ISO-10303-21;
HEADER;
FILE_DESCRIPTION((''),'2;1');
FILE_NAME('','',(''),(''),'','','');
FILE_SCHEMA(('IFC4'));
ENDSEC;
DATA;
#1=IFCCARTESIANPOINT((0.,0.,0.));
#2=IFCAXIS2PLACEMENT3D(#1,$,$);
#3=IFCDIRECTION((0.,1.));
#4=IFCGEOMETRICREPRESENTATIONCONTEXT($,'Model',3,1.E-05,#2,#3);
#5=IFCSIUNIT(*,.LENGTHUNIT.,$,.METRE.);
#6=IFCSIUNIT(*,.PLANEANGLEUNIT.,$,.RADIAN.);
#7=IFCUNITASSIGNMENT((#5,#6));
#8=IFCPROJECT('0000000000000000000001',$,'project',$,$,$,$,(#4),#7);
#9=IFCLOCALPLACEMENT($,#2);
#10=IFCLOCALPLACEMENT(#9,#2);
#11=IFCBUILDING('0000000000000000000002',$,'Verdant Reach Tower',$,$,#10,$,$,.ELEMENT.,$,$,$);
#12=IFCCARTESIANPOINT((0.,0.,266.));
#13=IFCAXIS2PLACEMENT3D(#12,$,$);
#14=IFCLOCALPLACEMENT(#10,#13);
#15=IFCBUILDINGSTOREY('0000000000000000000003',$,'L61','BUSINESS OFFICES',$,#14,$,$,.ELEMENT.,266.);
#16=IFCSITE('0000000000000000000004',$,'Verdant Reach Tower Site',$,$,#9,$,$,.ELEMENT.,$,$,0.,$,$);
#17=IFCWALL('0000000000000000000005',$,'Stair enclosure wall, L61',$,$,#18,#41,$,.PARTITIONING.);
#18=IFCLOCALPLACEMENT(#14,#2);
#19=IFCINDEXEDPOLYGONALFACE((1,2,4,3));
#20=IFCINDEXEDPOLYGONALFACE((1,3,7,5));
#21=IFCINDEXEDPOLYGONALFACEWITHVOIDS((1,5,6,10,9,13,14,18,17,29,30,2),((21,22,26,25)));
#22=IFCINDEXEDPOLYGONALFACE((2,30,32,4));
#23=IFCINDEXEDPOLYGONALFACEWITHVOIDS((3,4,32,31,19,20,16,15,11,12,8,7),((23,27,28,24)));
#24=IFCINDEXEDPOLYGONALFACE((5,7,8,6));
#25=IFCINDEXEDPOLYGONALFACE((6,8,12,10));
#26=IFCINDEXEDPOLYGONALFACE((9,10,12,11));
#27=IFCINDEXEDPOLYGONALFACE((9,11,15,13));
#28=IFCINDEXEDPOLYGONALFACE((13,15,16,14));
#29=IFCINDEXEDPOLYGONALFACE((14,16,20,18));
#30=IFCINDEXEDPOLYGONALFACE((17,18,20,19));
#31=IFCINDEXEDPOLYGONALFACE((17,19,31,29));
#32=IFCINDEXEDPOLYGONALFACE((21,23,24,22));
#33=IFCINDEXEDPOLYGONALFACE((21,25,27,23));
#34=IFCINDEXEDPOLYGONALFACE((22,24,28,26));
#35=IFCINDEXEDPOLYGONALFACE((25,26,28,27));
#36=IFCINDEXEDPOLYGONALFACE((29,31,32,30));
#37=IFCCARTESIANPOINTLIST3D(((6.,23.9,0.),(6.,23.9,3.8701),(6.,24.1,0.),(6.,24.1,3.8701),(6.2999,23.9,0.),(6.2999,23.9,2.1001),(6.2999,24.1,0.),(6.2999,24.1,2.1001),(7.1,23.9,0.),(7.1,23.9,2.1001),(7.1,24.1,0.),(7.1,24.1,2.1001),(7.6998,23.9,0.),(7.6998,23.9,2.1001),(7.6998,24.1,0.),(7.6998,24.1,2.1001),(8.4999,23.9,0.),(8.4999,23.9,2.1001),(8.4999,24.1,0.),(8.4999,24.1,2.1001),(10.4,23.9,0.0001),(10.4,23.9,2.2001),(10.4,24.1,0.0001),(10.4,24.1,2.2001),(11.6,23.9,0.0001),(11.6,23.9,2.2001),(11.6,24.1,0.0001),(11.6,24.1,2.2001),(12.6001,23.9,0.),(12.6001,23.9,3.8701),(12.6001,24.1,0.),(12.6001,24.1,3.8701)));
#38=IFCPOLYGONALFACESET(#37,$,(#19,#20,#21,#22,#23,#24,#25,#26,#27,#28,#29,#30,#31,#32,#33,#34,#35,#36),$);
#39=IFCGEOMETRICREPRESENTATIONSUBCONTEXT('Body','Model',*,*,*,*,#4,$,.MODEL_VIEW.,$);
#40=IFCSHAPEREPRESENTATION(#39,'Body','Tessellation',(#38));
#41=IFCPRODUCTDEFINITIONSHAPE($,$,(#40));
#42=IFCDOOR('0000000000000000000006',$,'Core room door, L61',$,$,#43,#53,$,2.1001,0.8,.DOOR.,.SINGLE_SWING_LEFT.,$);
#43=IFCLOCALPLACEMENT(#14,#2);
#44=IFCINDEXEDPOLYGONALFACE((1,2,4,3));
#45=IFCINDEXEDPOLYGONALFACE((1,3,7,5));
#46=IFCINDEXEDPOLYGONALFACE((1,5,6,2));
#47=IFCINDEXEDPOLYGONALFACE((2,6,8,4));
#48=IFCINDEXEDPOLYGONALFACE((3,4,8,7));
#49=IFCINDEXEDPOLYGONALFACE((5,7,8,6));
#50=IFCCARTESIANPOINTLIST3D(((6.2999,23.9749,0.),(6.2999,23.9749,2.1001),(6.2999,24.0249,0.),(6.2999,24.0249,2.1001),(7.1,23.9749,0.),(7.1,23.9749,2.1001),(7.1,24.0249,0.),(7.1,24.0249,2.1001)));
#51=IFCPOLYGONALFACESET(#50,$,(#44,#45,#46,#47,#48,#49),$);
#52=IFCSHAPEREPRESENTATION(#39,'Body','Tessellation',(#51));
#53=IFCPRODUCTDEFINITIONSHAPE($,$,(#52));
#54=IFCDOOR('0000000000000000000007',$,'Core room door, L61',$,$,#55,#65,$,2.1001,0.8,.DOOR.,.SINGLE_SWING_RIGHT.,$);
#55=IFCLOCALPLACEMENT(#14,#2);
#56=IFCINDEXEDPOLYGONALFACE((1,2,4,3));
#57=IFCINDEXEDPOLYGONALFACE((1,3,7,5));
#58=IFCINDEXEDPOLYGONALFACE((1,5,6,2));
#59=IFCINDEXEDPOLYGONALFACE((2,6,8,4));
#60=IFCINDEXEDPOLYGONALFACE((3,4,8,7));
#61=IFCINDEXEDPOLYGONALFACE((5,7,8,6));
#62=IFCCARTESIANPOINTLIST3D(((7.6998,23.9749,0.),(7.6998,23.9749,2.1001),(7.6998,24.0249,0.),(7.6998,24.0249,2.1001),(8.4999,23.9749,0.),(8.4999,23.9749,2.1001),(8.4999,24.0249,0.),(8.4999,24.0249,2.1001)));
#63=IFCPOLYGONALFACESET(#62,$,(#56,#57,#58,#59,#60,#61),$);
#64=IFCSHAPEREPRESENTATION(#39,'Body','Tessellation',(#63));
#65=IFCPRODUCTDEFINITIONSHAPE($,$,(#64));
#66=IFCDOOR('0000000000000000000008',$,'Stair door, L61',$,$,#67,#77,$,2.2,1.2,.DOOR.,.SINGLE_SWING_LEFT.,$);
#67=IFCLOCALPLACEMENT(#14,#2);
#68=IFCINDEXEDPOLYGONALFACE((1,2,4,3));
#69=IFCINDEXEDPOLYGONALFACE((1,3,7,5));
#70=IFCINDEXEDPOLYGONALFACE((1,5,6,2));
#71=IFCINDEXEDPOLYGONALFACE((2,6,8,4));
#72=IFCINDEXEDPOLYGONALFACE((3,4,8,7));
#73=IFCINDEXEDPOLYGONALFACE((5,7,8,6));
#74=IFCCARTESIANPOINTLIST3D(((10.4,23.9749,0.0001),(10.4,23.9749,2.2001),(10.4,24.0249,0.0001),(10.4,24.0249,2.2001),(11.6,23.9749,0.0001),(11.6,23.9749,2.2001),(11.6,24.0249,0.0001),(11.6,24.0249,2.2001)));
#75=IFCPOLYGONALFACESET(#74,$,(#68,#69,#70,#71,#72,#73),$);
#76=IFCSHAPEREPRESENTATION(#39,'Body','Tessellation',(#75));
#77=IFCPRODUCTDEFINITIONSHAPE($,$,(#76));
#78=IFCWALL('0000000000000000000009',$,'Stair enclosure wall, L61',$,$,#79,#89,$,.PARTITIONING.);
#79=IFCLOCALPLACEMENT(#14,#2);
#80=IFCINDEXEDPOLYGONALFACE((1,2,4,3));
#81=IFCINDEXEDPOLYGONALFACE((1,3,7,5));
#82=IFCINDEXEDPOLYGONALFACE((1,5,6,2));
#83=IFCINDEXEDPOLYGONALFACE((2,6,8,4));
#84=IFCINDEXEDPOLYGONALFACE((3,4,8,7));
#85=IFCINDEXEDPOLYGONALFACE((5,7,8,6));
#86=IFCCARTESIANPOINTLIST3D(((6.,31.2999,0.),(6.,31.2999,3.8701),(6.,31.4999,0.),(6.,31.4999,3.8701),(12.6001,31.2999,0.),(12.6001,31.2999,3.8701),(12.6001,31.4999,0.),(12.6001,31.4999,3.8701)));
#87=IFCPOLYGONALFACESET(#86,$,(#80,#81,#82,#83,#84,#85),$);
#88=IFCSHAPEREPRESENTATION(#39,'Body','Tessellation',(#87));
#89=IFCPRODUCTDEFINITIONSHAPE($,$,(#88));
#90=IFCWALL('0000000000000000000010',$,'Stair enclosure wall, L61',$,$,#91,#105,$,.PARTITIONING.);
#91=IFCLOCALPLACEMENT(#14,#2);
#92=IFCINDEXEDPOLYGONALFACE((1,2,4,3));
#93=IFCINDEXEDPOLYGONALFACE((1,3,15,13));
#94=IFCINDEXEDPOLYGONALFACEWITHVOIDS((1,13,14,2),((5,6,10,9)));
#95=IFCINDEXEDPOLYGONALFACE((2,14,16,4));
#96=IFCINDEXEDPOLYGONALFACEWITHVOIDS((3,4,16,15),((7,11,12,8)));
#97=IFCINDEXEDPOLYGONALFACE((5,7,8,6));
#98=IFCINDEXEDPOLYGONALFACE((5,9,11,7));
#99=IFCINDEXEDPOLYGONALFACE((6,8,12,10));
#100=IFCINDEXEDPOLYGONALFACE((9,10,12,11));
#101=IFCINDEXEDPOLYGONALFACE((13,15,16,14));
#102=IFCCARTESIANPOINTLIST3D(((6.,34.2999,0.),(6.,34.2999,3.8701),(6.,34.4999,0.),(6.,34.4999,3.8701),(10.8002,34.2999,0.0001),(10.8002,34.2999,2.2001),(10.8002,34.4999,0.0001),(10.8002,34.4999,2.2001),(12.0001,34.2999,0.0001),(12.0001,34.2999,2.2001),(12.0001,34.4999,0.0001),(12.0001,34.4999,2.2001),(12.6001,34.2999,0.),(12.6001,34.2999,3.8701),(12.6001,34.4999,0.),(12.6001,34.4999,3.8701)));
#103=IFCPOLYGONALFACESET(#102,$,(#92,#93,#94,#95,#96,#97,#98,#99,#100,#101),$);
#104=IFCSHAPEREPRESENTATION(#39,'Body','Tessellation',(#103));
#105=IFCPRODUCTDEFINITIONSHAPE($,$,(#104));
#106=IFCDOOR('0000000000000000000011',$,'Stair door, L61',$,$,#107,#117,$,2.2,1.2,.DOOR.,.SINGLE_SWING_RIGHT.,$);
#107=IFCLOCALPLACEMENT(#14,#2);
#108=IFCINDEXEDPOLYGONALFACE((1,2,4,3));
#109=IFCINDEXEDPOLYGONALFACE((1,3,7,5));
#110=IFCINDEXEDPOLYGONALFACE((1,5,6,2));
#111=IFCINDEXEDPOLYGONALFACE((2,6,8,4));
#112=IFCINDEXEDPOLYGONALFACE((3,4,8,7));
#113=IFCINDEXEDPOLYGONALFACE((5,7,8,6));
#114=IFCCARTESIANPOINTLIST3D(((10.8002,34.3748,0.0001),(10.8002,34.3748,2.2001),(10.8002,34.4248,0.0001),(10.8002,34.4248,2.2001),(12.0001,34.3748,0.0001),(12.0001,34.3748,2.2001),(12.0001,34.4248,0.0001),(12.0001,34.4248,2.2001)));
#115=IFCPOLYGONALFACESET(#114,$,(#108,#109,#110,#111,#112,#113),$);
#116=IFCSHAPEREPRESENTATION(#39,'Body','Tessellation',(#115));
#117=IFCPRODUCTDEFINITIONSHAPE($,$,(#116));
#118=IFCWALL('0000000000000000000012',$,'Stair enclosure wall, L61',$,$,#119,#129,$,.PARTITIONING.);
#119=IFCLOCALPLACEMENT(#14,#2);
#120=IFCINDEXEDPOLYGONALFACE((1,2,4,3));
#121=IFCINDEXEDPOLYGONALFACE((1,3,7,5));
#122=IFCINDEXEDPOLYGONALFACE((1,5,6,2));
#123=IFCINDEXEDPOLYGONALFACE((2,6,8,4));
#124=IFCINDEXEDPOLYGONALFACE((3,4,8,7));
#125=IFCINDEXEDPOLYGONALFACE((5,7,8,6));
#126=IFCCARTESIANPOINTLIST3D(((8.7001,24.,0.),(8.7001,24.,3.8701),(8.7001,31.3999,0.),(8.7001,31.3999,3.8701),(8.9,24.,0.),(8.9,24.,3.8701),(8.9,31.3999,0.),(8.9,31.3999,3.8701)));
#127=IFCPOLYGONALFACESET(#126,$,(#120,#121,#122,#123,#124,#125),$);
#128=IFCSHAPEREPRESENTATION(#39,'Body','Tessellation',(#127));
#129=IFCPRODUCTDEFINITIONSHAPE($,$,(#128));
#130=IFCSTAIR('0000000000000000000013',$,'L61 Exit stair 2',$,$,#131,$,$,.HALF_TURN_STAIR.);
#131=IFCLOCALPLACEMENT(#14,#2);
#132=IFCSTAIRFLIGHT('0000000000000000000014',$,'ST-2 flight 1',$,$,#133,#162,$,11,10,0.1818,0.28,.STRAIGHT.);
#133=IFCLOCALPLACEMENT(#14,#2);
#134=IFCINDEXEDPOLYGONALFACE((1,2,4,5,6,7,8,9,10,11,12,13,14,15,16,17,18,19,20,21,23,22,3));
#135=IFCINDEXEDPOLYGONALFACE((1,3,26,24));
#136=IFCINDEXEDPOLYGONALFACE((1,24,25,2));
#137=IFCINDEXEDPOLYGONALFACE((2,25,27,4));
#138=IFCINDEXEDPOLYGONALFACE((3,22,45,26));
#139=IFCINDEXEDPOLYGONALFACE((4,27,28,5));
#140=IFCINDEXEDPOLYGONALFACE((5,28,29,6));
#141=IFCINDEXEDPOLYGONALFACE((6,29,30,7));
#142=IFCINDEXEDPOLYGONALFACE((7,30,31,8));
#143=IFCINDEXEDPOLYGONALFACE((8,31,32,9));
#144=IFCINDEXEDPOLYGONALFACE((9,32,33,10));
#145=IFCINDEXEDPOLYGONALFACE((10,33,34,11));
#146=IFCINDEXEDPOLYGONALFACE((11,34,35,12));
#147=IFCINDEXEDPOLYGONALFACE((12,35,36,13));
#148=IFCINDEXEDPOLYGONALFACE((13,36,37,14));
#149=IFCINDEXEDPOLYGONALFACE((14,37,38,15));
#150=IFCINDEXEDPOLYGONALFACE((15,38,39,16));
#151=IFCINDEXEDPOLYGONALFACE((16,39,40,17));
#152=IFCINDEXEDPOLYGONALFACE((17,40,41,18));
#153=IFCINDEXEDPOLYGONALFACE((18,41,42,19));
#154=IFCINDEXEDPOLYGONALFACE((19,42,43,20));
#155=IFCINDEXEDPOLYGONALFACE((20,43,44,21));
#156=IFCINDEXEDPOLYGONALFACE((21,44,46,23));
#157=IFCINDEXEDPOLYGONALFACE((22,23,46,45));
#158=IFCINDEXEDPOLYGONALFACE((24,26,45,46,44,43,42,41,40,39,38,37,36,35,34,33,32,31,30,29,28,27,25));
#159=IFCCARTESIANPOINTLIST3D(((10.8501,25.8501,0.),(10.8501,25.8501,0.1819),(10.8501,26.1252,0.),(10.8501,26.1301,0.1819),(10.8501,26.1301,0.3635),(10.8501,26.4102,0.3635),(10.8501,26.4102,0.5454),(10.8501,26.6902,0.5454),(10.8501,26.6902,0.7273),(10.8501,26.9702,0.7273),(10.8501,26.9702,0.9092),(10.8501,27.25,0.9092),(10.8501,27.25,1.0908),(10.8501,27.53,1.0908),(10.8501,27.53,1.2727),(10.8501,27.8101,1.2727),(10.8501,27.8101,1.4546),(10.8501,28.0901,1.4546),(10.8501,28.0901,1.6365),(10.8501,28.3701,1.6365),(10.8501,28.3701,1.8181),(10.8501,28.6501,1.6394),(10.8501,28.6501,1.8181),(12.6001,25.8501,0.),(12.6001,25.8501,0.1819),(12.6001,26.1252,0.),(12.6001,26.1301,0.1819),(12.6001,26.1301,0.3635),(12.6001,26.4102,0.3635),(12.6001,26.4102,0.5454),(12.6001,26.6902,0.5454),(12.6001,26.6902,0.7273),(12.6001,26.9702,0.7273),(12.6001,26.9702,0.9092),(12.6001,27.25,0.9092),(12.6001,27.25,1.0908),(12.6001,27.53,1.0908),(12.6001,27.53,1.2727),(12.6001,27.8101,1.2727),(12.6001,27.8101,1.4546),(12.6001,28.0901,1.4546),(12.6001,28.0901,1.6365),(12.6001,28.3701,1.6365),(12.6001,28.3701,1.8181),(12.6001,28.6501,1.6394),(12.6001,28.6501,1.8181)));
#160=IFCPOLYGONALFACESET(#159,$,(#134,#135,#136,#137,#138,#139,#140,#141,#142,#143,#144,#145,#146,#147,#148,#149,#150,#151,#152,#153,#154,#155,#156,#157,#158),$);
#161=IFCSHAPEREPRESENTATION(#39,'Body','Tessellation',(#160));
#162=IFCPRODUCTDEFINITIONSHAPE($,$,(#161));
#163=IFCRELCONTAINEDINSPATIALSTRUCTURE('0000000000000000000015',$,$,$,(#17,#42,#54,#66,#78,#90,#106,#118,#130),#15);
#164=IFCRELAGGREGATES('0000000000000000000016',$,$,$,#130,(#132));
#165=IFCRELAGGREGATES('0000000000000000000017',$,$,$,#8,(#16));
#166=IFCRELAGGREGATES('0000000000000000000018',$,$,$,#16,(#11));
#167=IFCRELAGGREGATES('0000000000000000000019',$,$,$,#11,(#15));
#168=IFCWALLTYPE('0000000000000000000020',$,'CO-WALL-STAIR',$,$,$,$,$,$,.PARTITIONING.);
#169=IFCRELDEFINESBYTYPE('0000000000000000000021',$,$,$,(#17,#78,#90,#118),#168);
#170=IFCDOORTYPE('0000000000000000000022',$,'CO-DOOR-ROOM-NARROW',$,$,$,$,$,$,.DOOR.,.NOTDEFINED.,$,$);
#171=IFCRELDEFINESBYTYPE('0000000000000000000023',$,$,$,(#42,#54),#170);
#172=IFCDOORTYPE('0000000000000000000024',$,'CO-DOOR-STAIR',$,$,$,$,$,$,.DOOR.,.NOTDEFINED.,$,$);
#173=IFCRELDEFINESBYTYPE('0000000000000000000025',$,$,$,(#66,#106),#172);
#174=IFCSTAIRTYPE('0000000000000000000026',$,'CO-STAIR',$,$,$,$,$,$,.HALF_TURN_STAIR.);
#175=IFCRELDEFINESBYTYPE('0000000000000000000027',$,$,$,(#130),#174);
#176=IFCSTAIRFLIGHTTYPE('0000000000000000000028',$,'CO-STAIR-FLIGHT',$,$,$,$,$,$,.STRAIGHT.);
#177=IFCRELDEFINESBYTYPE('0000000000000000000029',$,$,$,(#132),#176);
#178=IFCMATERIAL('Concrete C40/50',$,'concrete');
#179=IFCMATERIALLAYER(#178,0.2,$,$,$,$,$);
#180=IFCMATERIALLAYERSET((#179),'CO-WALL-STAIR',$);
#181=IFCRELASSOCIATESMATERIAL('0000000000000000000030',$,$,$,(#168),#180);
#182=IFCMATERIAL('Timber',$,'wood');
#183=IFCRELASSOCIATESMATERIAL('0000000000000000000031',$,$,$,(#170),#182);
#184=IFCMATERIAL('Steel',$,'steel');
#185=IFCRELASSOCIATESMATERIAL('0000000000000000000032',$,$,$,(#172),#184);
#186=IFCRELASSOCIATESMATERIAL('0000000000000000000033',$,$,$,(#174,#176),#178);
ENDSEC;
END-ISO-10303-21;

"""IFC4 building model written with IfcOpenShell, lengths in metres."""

from ifc_helpers import new_model, si_unit, direction, frame, frame_2d, origin, place, context, subcontext, project, spatial, polyline, rectangle, outline, extrude, material, layer, layer_set, type_object, element, fill, aggregate, save


model = new_model("IFC4")

# Units and contexts
model_context = context("Model", 3, precision=1e-05, world=origin(), true_north=direction((0.0, 1.0)))
body_context = subcontext(model_context, "Body", "Model", "MODEL_VIEW")
ifc_project = project(units=[si_unit("LENGTHUNIT", "METRE"), si_unit("PLANEANGLEUNIT", "RADIAN")], contexts=[model_context])

# Site, building, storey
site_placement = place(None, origin())
site = spatial("IfcSite", under=ifc_project, at=site_placement, Name="Verdant Reach Tower Site", CompositionType="ELEMENT", RefElevation=0.0)
building_placement = place(site_placement, origin())
building = spatial("IfcBuilding", under=site, at=building_placement, Name="Verdant Reach Tower", CompositionType="ELEMENT")
storey_placement = place(building_placement, frame((0.0, 0.0, 266.0)))
storey = spatial("IfcBuildingStorey", under=building, at=storey_placement, Name="L61", Description="BUSINESS OFFICES", CompositionType="ELEMENT", Elevation=266.0)

# Shared definitions
ifc_material_1 = material(Name="Concrete C40/50", Category="concrete")

# Wall, openings, doors
ifc_layer_1 = layer(ifc_material_1, 0.2)
ifc_layer_set_1 = layer_set([ifc_layer_1], Name="CO-WALL-STAIR")
wall_type_1 = type_object("IfcWallType", Name="CO-WALL-STAIR", PredefinedType="PARTITIONING", material=ifc_layer_set_1)
wall_1_placement = place(storey_placement, frame((6.0, 24.0, 0.0), z_axis=(0.0, 0.0, 1.0), x_axis=(1.0, 0.0, 0.0)))
wall_1 = element("IfcWall", 1, at=wall_1_placement, inside=storey, type_object=wall_type_1, Name="Stair enclosure wall, L61", PredefinedType="PARTITIONING", context=body_context, shape_type="SweptSolid", body=[
    extrude(rectangle(XDim=6.6001, YDim=0.2, at=frame_2d((3.3, 0.0))), origin(), (0.0, 0.0, 1.0), 3.8701),
])
opening_1_placement = place(wall_1_placement, frame((0.3, 0.0, 0.0)))
opening_1 = element("IfcOpeningElement", 2, at=opening_1_placement, cuts=wall_1, PredefinedType="OPENING", context=body_context, shape_type="SweptSolid", body=[
    extrude(rectangle(XDim=0.8, YDim=2.1001, at=frame_2d((0.3999, 1.05))), frame((0.0, 0.1099, 0.0), z_axis=(0.0, -1.0, 0.0), x_axis=(1.0, 0.0, 0.0)), (0.0, 0.0, 1.0), 0.22),
])
opening_2_placement = place(wall_1_placement, frame((1.7, 0.0, 0.0)))
opening_2 = element("IfcOpeningElement", 3, at=opening_2_placement, cuts=wall_1, PredefinedType="OPENING", context=body_context, shape_type="SweptSolid", body=[
    extrude(rectangle(XDim=0.8, YDim=2.1001, at=frame_2d((0.3999, 1.05))), frame((0.0, 0.1099, 0.0), z_axis=(0.0, -1.0, 0.0), x_axis=(1.0, 0.0, 0.0)), (0.0, 0.0, 1.0), 0.22),
])
opening_3_placement = place(wall_1_placement, frame((4.3999, 0.0, 0.0)))
opening_3 = element("IfcOpeningElement", 4, at=opening_3_placement, cuts=wall_1, PredefinedType="OPENING", context=body_context, shape_type="SweptSolid", body=[
    extrude(rectangle(XDim=1.2, YDim=2.2, at=frame_2d((0.6001, 1.1001))), frame((0.0, 0.1099, 0.0), z_axis=(0.0, -1.0, 0.0), x_axis=(1.0, 0.0, 0.0)), (0.0, 0.0, 1.0), 0.22),
])
ifc_material_2 = material(Name="Timber", Category="wood")
door_type_1 = type_object("IfcDoorType", Name="CO-DOOR-ROOM-NARROW", OperationType="NOTDEFINED", PredefinedType="DOOR", material=ifc_material_2)
door_1_placement = place(opening_1_placement, origin())
door_1 = element("IfcDoor", 5, at=door_1_placement, inside=storey, type_object=door_type_1, Name="Core room door, L61", OperationType="SINGLE_SWING_LEFT", OverallHeight=2.1001, OverallWidth=0.8, PredefinedType="DOOR", context=body_context, shape_type="SweptSolid", body=[
    extrude(rectangle(XDim=0.8, YDim=2.1001, at=frame_2d((0.3999, 1.05))), frame((0.0, 0.0249, 0.0), z_axis=(0.0, -1.0, 0.0), x_axis=(1.0, 0.0, 0.0)), (0.0, 0.0, 1.0), 0.05),
])
fill(opening_1, door_1)
door_2_placement = place(opening_2_placement, origin())
door_2 = element("IfcDoor", 6, at=door_2_placement, inside=storey, type_object=door_type_1, Name="Core room door, L61", OperationType="SINGLE_SWING_RIGHT", OverallHeight=2.1001, OverallWidth=0.8, PredefinedType="DOOR", context=body_context, shape_type="SweptSolid", body=[
    extrude(rectangle(XDim=0.8, YDim=2.1001, at=frame_2d((0.3999, 1.05))), frame((0.0, 0.0249, 0.0), z_axis=(0.0, -1.0, 0.0), x_axis=(1.0, 0.0, 0.0)), (0.0, 0.0, 1.0), 0.05),
])
fill(opening_2, door_2)
ifc_material_3 = material(Name="Steel", Category="steel")
door_type_2 = type_object("IfcDoorType", Name="CO-DOOR-STAIR", OperationType="NOTDEFINED", PredefinedType="DOOR", material=ifc_material_3)
door_3_placement = place(opening_3_placement, origin())
door_3 = element("IfcDoor", 7, at=door_3_placement, inside=storey, type_object=door_type_2, Name="Stair door, L61", OperationType="SINGLE_SWING_LEFT", OverallHeight=2.2, OverallWidth=1.2, PredefinedType="DOOR", context=body_context, shape_type="SweptSolid", body=[
    extrude(rectangle(XDim=1.2, YDim=2.2, at=frame_2d((0.6001, 1.1001))), frame((0.0, 0.0249, 0.0), z_axis=(0.0, -1.0, 0.0), x_axis=(1.0, 0.0, 0.0)), (0.0, 0.0, 1.0), 0.05),
])
fill(opening_3, door_3)

# Wall
wall_2_placement = place(storey_placement, frame((6.0, 31.3999, 0.0), z_axis=(0.0, 0.0, 1.0), x_axis=(1.0, 0.0, 0.0)))
element("IfcWall", 8, at=wall_2_placement, inside=storey, type_object=wall_type_1, Name="Stair enclosure wall, L61", PredefinedType="PARTITIONING", context=body_context, shape_type="SweptSolid", body=[
    extrude(rectangle(XDim=6.6001, YDim=0.2, at=frame_2d((3.3, 0.0))), origin(), (0.0, 0.0, 1.0), 3.8701),
])

# Wall, opening, door
wall_3_placement = place(storey_placement, frame((6.0, 34.3999, 0.0), z_axis=(0.0, 0.0, 1.0), x_axis=(1.0, 0.0, 0.0)))
wall_3 = element("IfcWall", 9, at=wall_3_placement, inside=storey, type_object=wall_type_1, Name="Stair enclosure wall, L61", PredefinedType="PARTITIONING", context=body_context, shape_type="SweptSolid", body=[
    extrude(rectangle(XDim=6.6001, YDim=0.2, at=frame_2d((3.3, 0.0))), origin(), (0.0, 0.0, 1.0), 3.8701),
])
opening_4_placement = place(wall_3_placement, frame((4.8, 0.0, 0.0)))
opening_4 = element("IfcOpeningElement", 10, at=opening_4_placement, cuts=wall_3, PredefinedType="OPENING", context=body_context, shape_type="SweptSolid", body=[
    extrude(rectangle(XDim=1.2, YDim=2.2, at=frame_2d((0.6001, 1.1001))), frame((0.0, 0.1099, 0.0), z_axis=(0.0, -1.0, 0.0), x_axis=(1.0, 0.0, 0.0)), (0.0, 0.0, 1.0), 0.22),
])
door_4_placement = place(opening_4_placement, origin())
door_4 = element("IfcDoor", 11, at=door_4_placement, inside=storey, type_object=door_type_2, Name="Stair door, L61", OperationType="SINGLE_SWING_RIGHT", OverallHeight=2.2, OverallWidth=1.2, PredefinedType="DOOR", context=body_context, shape_type="SweptSolid", body=[
    extrude(rectangle(XDim=1.2, YDim=2.2, at=frame_2d((0.6001, 1.1001))), frame((0.0, 0.0249, 0.0), z_axis=(0.0, -1.0, 0.0), x_axis=(1.0, 0.0, 0.0)), (0.0, 0.0, 1.0), 0.05),
])
fill(opening_4, door_4)

# Wall
wall_4_placement = place(storey_placement, frame((8.8, 24.0, 0.0), z_axis=(0.0, 0.0, 1.0), x_axis=(0.0, 1.0, 0.0)))
element("IfcWall", 12, at=wall_4_placement, inside=storey, type_object=wall_type_1, Name="Stair enclosure wall, L61", PredefinedType="PARTITIONING", context=body_context, shape_type="SweptSolid", body=[
    extrude(rectangle(XDim=7.3999, YDim=0.2, at=frame_2d((3.7, 0.0))), origin(), (0.0, 0.0, 1.0), 3.8701),
])

# Stair, stair flight
stair_type = type_object("IfcStairType", Name="CO-STAIR", PredefinedType="HALF_TURN_STAIR", material=ifc_material_1)
stair_1_placement = place(storey_placement, origin())
stair_1 = element("IfcStair", 13, at=stair_1_placement, inside=storey, type_object=stair_type, Name="L61 Exit stair 2", PredefinedType="HALF_TURN_STAIR")
stair_flight_type = type_object("IfcStairFlightType", Name="CO-STAIR-FLIGHT", PredefinedType="STRAIGHT", material=ifc_material_1)
stair_flight_1_placement = place(storey_placement, frame((11.7251, 25.8501, 0.0), z_axis=(0.0, 0.0, 1.0), x_axis=(0.0, 1.0, 0.0)))
stair_flight_1 = element("IfcStairFlight", 14, at=stair_flight_1_placement, type_object=stair_flight_type, Name="ST-2 flight 1", NumberOfRisers=11, NumberOfTreads=10, PredefinedType="STRAIGHT", RiserHeight=0.1818, TreadLength=0.28, context=body_context, shape_type="SweptSolid", body=[
    extrude(outline(polyline([(0.0, 0.0), (0.0, 0.1819), (0.28, 0.1819), (0.28, 0.3635), (0.5601, 0.3635), (0.5601, 0.5454), (0.8401, 0.5454), (0.8401, 0.7273), (1.1201, 0.7273), (1.1201, 0.9092), (1.3999, 0.9092), (1.3999, 1.0908), (1.6799, 1.0908), (1.6799, 1.2727), (1.96, 1.2727), (1.96, 1.4546), (2.24, 1.4546), (2.24, 1.6365), (2.52, 1.6365), (2.52, 1.8181), (2.8, 1.8181), (2.8, 2.0), (2.8, 1.6394), (0.2751, 0.0), (0.0, 0.0)])), frame((0.0, 0.875, 0.0), z_axis=(0.0, -1.0, 0.0), x_axis=(1.0, 0.0, 0.0)), (0.0, 0.0, 1.0), 1.75),
])
aggregate(stair_1, [stair_flight_1])

save(model, "model.ifc")
